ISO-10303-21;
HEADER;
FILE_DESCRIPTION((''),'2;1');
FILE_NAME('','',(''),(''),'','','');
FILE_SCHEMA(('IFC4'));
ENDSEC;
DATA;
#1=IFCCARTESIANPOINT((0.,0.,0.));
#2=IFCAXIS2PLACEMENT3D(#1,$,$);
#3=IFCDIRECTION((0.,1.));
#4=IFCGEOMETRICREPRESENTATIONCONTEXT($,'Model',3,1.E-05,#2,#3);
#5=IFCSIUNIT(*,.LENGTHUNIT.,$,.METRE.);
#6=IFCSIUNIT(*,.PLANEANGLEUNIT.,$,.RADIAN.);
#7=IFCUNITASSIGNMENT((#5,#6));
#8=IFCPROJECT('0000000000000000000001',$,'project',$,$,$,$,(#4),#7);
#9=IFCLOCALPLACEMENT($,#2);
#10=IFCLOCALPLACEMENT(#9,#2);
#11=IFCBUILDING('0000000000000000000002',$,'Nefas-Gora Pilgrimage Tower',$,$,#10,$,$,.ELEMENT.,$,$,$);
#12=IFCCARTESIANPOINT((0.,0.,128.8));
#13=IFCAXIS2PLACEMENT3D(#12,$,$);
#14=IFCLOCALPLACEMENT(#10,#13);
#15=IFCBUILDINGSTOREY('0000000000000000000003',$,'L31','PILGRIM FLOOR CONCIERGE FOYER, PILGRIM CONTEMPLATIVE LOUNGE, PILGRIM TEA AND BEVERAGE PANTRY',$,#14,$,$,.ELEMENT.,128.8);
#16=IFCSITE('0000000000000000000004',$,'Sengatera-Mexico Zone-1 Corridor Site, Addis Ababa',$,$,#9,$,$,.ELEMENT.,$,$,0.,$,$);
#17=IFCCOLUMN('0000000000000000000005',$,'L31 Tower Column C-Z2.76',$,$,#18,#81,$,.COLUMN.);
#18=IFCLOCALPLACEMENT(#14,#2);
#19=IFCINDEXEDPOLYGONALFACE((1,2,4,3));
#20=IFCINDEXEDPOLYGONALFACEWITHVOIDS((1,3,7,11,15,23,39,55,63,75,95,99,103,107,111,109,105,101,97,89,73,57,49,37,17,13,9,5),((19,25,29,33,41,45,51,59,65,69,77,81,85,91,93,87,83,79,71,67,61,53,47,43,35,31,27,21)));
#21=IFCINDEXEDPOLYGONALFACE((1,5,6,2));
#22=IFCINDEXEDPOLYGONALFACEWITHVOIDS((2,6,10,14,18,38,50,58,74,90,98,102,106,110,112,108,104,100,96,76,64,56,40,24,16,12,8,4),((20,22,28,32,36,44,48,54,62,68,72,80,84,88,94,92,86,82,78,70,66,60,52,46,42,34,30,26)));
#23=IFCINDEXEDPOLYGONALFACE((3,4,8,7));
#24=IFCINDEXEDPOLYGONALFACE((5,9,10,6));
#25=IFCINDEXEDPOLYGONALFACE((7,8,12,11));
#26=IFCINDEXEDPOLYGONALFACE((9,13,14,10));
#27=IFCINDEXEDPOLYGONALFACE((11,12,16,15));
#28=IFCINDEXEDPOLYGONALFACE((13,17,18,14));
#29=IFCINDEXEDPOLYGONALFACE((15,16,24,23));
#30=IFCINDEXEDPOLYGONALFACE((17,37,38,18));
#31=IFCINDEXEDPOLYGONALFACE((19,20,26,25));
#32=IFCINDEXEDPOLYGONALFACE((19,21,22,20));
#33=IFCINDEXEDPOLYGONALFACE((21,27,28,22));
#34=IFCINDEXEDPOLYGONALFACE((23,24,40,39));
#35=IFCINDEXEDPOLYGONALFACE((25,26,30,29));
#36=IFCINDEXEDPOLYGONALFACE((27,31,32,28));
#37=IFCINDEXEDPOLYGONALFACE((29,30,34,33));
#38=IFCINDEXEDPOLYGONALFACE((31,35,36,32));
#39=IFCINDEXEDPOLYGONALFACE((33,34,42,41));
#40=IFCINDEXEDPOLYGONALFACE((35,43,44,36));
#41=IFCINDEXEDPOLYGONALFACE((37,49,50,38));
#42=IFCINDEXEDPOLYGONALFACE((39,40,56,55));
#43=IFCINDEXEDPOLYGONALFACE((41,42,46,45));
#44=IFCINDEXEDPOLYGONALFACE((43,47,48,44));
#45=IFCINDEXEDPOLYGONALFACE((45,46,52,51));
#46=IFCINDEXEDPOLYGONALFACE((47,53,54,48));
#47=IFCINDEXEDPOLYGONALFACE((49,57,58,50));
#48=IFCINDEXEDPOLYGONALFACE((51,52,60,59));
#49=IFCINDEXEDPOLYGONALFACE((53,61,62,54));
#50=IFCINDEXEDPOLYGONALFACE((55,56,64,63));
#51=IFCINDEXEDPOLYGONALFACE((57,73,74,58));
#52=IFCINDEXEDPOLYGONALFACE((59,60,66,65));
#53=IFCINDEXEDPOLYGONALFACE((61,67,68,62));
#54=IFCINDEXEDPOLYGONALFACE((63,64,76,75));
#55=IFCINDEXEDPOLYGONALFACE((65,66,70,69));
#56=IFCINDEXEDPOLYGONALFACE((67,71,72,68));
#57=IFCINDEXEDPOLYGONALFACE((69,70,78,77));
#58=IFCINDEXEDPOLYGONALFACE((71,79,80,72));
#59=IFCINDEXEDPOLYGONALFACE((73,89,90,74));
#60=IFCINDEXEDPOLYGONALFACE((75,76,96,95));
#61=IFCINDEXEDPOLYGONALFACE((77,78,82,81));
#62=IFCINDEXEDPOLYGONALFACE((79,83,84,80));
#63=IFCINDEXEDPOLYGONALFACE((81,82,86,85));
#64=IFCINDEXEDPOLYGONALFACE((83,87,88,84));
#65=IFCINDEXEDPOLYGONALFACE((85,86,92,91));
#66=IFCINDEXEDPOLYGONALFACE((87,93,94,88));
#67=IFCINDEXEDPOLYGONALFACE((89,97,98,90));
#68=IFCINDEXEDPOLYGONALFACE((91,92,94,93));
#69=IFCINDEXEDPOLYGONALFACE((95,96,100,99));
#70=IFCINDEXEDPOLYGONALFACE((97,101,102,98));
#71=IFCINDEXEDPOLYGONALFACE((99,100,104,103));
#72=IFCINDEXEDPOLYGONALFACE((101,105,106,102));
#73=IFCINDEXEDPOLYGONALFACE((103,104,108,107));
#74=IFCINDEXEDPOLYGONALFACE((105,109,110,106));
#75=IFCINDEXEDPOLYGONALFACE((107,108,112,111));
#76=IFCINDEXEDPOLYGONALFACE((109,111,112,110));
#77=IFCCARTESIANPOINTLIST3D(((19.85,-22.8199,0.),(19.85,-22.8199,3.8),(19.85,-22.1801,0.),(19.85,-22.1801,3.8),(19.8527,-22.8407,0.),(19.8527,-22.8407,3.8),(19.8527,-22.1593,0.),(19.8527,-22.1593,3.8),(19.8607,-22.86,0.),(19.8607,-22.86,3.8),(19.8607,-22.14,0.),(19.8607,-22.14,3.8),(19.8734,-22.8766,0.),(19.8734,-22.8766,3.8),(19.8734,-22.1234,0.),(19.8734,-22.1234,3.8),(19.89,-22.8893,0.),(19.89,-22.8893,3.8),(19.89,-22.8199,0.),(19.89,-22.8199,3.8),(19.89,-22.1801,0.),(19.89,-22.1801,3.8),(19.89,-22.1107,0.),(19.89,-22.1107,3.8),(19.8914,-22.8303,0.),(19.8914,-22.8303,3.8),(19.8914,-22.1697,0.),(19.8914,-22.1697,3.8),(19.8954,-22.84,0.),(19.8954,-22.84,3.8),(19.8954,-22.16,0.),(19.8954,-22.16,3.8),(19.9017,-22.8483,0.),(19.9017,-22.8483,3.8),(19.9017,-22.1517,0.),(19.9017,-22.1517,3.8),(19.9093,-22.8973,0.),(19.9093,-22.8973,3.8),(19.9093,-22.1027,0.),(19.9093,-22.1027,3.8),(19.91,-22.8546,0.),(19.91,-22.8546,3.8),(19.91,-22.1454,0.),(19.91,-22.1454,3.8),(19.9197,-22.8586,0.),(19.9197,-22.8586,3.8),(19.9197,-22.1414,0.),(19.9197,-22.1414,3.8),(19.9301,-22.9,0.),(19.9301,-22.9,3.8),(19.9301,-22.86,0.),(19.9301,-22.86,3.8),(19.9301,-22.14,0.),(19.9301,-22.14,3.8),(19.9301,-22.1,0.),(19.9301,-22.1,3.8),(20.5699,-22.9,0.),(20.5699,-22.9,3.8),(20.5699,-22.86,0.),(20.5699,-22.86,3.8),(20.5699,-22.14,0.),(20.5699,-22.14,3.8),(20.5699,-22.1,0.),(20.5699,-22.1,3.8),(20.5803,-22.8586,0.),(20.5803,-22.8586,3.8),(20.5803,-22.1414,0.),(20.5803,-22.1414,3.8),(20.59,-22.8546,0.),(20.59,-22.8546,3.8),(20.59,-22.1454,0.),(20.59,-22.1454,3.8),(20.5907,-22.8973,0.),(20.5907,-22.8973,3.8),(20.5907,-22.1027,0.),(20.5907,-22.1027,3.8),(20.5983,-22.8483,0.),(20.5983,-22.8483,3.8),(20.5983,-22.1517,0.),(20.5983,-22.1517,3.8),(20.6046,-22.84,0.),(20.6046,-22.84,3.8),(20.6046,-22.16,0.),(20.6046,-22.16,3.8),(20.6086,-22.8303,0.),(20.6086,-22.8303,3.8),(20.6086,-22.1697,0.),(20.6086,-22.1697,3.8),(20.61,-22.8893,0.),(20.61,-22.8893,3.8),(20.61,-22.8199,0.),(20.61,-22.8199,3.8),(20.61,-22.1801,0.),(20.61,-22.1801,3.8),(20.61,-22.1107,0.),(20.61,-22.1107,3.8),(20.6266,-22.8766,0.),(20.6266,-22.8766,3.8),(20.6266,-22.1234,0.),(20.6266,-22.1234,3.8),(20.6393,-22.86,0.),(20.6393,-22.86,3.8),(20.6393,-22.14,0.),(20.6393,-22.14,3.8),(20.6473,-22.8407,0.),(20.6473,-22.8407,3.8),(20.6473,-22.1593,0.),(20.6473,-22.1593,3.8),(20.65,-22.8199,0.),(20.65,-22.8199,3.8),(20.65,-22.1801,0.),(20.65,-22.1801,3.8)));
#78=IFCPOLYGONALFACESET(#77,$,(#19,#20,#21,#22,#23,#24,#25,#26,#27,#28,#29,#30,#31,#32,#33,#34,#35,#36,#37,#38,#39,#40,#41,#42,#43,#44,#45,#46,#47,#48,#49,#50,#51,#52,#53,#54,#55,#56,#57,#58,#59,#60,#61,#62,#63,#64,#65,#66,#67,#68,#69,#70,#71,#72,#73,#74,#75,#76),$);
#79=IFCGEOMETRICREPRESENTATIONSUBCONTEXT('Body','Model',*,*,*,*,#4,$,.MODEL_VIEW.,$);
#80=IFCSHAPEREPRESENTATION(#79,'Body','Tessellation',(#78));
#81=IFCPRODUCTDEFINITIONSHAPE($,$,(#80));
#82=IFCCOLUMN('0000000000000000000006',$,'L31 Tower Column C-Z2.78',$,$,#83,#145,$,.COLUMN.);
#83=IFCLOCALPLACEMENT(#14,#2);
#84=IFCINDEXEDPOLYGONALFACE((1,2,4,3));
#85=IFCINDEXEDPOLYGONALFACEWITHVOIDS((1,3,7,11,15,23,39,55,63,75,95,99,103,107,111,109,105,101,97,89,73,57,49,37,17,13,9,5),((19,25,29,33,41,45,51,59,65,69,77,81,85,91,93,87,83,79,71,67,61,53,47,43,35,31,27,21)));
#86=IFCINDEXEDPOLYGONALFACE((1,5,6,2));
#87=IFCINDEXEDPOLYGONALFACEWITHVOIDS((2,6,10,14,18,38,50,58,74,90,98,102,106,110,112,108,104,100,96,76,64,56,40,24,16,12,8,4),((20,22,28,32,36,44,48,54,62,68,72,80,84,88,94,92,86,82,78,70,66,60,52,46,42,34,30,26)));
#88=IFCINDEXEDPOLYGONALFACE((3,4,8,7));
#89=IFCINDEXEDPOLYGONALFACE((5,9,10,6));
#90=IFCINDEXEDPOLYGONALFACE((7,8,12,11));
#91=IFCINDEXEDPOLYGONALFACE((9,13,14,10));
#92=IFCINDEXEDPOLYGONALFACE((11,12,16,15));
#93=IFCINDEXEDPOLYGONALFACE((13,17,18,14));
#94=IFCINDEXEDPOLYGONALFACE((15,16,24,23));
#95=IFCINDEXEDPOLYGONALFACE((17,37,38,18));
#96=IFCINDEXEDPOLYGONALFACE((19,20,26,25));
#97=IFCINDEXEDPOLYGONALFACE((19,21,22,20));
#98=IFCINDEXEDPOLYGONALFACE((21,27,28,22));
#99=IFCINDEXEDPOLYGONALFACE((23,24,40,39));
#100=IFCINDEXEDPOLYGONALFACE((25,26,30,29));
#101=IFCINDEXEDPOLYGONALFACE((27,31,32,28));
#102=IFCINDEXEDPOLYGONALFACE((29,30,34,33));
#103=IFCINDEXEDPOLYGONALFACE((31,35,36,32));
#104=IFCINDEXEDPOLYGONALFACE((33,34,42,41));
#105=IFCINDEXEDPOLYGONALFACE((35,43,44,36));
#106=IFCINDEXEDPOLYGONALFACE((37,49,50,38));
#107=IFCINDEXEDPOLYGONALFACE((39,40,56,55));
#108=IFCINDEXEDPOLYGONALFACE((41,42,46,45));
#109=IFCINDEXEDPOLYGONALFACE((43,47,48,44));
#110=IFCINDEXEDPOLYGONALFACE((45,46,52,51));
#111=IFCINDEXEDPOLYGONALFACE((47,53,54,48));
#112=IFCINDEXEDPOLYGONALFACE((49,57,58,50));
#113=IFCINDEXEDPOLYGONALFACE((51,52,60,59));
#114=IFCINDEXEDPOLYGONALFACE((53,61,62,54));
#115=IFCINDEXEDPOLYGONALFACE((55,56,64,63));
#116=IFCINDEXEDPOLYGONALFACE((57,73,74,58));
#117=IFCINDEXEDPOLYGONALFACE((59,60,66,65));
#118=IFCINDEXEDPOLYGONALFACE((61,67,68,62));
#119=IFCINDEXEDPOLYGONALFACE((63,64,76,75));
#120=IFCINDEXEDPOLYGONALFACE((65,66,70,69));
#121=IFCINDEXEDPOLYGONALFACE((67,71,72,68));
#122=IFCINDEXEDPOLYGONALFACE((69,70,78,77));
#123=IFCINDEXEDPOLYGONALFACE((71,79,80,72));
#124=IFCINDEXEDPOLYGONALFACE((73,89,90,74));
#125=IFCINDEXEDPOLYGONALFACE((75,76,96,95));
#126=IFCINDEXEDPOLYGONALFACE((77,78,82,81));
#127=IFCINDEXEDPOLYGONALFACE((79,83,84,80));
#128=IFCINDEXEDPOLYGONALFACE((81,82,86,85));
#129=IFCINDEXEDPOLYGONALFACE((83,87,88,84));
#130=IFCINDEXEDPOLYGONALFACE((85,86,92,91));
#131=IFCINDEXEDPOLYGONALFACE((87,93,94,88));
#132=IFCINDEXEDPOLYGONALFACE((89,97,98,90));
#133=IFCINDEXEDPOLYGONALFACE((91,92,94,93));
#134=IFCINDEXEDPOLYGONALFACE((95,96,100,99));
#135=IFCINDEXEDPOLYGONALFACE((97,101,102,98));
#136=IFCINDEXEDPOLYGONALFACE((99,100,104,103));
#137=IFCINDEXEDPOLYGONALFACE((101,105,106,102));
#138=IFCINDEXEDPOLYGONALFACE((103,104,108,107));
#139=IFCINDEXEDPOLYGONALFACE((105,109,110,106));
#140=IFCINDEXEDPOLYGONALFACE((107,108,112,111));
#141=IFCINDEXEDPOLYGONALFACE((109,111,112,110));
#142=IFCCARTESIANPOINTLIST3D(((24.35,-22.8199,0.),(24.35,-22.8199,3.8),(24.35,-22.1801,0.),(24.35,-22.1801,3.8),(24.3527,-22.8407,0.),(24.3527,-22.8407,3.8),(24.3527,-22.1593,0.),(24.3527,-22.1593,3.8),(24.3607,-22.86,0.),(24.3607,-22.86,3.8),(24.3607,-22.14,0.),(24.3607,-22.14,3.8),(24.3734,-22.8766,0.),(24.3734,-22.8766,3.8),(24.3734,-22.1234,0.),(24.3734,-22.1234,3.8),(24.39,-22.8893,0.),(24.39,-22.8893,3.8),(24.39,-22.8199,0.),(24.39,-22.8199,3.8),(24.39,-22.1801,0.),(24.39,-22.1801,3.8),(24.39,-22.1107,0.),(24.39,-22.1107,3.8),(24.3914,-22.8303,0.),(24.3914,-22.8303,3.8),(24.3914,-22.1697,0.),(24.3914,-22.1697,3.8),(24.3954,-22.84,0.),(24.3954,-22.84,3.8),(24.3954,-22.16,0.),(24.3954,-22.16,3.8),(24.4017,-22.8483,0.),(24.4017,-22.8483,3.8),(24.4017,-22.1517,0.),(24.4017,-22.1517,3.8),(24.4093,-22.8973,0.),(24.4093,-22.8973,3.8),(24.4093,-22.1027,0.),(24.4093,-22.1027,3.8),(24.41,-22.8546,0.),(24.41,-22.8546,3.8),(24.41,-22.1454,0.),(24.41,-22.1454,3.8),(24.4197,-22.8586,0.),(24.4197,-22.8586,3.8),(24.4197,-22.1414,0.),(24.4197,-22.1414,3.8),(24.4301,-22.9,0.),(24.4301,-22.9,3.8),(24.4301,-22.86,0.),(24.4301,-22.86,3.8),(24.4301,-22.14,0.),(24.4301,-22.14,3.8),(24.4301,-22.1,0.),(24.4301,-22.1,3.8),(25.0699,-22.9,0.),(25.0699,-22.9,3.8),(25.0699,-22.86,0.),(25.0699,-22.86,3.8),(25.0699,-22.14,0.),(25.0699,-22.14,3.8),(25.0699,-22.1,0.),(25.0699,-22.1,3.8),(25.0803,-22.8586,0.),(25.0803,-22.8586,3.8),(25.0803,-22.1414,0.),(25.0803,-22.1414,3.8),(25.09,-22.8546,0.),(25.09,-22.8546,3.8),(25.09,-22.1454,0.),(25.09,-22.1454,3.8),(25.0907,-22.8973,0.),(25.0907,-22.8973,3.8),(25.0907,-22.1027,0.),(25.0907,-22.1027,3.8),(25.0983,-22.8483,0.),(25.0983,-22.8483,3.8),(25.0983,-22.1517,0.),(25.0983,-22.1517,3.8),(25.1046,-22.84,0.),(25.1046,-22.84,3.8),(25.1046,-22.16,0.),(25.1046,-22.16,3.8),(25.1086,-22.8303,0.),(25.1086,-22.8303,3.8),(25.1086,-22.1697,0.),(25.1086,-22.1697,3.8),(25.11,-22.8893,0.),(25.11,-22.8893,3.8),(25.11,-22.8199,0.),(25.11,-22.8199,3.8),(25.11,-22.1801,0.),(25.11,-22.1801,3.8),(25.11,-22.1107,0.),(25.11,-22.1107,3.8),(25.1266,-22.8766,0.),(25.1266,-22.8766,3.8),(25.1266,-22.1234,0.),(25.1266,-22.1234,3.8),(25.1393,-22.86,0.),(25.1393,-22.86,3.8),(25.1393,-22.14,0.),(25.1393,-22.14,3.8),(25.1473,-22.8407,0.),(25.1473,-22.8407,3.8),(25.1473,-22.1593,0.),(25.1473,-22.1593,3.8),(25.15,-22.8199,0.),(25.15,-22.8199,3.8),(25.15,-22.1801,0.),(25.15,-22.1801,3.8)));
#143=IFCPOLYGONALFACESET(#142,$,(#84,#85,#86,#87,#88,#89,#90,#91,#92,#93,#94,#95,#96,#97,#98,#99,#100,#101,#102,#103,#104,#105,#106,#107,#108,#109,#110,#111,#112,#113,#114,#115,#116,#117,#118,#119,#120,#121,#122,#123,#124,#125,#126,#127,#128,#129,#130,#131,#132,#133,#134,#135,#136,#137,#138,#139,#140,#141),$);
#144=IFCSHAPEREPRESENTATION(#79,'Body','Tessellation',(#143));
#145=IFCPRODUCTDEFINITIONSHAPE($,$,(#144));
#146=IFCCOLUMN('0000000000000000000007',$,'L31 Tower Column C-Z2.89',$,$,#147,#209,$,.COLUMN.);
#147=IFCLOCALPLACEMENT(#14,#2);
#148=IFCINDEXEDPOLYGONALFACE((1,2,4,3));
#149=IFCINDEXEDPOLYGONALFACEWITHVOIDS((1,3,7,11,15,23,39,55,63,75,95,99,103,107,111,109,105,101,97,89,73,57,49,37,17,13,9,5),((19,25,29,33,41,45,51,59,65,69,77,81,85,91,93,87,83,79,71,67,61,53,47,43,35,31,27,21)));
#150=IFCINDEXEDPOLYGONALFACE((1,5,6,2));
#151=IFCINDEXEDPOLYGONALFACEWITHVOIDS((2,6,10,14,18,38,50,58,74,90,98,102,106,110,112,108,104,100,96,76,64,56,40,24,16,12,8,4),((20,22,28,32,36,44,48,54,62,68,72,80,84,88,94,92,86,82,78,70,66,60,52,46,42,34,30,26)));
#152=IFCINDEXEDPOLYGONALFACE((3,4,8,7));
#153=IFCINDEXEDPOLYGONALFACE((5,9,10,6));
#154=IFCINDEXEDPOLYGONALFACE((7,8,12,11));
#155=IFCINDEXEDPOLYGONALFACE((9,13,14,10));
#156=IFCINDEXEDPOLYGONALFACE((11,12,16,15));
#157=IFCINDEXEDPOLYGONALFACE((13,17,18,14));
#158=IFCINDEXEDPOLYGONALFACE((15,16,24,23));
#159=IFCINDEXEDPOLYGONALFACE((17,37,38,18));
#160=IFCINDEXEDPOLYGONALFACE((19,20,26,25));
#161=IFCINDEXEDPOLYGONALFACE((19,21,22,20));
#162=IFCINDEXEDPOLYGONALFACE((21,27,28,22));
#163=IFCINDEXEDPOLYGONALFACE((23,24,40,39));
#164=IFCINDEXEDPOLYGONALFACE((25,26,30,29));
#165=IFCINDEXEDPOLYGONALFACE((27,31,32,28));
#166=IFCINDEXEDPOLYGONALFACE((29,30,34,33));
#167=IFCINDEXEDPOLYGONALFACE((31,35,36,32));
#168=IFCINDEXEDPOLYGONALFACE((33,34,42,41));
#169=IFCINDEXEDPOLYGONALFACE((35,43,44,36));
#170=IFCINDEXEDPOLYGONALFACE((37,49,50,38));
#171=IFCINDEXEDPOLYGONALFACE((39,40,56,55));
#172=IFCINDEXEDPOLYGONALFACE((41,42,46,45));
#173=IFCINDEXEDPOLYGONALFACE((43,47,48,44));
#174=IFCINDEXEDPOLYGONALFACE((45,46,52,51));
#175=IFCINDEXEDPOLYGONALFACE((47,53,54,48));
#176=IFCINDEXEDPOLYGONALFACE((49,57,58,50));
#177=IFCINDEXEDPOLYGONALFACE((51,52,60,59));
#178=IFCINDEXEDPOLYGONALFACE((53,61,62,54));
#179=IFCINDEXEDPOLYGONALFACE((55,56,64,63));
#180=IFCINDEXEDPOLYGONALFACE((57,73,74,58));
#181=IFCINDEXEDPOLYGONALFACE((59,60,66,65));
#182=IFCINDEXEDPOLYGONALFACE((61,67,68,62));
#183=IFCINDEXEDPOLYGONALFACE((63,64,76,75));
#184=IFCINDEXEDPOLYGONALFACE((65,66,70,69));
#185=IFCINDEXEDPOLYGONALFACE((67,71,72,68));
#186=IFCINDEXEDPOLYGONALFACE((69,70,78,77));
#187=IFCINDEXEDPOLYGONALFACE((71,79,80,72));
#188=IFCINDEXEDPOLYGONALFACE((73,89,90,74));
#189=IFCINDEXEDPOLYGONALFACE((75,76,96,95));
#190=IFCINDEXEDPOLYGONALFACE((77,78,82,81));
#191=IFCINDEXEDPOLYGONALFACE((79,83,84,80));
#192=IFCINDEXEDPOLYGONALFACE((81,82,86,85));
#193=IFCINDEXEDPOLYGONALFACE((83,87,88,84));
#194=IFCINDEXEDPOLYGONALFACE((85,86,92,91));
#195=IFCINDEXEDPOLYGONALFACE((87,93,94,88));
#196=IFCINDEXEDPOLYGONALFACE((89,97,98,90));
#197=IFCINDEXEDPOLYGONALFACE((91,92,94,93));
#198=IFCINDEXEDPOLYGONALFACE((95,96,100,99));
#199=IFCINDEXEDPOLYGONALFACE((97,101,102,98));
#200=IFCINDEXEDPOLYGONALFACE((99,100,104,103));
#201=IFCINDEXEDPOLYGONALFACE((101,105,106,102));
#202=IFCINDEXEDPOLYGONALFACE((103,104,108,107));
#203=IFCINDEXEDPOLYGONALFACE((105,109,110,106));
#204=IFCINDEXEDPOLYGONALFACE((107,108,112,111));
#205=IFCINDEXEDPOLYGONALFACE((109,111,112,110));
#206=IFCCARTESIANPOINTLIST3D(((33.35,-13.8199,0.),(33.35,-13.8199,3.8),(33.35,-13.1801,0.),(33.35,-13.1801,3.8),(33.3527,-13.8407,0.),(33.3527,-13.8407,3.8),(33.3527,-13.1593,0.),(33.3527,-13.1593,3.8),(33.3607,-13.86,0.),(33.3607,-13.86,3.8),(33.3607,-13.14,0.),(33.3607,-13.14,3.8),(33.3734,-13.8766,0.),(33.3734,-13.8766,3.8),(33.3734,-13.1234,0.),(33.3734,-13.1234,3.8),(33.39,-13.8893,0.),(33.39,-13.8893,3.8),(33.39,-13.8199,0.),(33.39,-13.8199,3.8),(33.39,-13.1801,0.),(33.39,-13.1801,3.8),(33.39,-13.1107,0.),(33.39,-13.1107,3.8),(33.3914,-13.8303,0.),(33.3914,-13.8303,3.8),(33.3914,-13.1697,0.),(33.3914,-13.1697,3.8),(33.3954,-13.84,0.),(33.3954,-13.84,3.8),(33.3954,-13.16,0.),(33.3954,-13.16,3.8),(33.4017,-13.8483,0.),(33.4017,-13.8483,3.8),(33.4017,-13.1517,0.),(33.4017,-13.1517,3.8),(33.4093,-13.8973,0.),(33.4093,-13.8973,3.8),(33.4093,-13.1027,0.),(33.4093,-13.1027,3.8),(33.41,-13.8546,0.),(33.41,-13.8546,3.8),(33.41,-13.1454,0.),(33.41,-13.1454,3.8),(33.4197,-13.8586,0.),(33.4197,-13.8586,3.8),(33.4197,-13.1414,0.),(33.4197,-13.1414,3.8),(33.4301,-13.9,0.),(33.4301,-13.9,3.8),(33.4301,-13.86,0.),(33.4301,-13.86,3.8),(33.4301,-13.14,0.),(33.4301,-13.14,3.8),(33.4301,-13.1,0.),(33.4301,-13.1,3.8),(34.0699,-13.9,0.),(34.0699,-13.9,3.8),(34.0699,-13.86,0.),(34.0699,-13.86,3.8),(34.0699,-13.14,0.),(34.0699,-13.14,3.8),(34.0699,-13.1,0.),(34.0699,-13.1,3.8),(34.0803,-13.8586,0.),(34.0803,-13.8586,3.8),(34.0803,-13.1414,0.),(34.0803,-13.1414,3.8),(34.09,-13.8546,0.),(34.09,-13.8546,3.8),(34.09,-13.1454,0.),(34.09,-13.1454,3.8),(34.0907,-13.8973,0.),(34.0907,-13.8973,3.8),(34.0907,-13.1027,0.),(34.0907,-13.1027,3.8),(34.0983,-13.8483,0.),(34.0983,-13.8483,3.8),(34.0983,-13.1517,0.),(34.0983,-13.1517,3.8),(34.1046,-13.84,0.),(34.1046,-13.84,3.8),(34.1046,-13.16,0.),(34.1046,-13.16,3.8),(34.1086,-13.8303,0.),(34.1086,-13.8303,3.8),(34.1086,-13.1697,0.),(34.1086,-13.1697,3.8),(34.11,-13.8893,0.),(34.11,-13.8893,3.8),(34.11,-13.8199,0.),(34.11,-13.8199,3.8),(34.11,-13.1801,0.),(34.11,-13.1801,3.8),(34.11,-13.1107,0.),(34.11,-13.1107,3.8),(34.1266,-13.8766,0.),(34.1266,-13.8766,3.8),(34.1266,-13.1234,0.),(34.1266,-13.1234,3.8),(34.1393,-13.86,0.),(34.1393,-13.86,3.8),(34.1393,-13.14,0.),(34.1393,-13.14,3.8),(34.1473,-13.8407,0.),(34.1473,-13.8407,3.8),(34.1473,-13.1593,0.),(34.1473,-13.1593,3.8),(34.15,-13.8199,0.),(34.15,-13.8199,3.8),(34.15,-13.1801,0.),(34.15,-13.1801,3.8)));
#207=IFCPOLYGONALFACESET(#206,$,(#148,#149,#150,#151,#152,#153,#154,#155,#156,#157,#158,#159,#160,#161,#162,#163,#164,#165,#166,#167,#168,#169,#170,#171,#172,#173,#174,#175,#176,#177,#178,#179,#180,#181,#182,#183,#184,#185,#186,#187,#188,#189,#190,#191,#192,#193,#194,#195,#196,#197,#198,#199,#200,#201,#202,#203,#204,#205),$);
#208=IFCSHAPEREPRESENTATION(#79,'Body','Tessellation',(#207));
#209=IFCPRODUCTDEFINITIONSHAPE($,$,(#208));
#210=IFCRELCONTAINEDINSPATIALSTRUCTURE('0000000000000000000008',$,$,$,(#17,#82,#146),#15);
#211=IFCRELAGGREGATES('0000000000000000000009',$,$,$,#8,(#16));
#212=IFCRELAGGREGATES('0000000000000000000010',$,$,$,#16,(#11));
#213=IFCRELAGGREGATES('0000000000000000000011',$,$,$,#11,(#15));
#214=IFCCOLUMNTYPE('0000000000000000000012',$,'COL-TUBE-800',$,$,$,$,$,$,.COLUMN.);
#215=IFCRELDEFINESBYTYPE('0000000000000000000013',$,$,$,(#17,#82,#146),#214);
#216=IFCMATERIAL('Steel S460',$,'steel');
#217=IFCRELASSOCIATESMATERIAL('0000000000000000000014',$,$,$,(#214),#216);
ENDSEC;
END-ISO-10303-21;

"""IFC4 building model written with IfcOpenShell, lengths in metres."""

from ifc_helpers import new_model, si_unit, direction, frame, origin, origin_2d, place, context, subcontext, project, spatial, hollow_rectangle, extrude, source, transform, mapped, material, material_profile, profile_set, type_object, element, save


model = new_model("IFC4")

# Units and contexts
model_context = context("Model", 3, precision=1e-05, world=origin(), true_north=direction((0.0, 1.0)))
body_context = subcontext(model_context, "Body", "Model", "MODEL_VIEW")
ifc_project = project(units=[si_unit("LENGTHUNIT", "METRE"), si_unit("PLANEANGLEUNIT", "RADIAN")], contexts=[model_context])

# Site, building, storey
site_placement = place(None, origin())
site = spatial("IfcSite", under=ifc_project, at=site_placement, Name="Sengatera-Mexico Zone-1 Corridor Site, Addis Ababa", CompositionType="ELEMENT", RefElevation=0.0)
building_placement = place(site_placement, origin())
building = spatial("IfcBuilding", under=site, at=building_placement, Name="Nefas-Gora Pilgrimage Tower", CompositionType="ELEMENT")
storey_placement = place(building_placement, frame((0.0, 0.0, 128.8)))
storey = spatial("IfcBuildingStorey", under=building, at=storey_placement, Name="L31", Description="PILGRIM FLOOR CONCIERGE FOYER, PILGRIM CONTEMPLATIVE LOUNGE, PILGRIM TEA AND BEVERAGE PANTRY", CompositionType="ELEMENT", Elevation=128.8)

# Columns
ifc_material_1 = material(Name="Steel S460", Category="steel")
ifc_material_profile_1 = material_profile(ifc_material_1, hollow_rectangle(XDim=0.8, YDim=0.8, WallThickness=0.04, InnerFilletRadius=0.04, OuterFilletRadius=0.0801, at=origin_2d()), Name="BOX 800x800x40")
ifc_profile_set_1 = profile_set([ifc_material_profile_1], Name="Steel S460")
column_type_1 = type_object("IfcColumnType", Name="COL-TUBE-800", PredefinedType="COLUMN", material=ifc_profile_set_1)
shared_shape_1 = source(origin(), body_context, "Body", "SweptSolid", [
    extrude(hollow_rectangle(XDim=0.8, YDim=0.8, WallThickness=0.04, InnerFilletRadius=0.04, OuterFilletRadius=0.0801, at=origin_2d()), origin(), (0.0, 0.0, 1.0), 3.8),
])
for number, where, z_axis, x_axis, name in (
    (1, (20.25, -22.5, 0.0), (0.0, 0.0, 1.0), (1.0, 0.0, 0.0), "L31 Tower Column C-Z2.76"),
    (2, (24.75, -22.5, 0.0), (0.0, 0.0, 1.0), (1.0, 0.0, 0.0), "L31 Tower Column C-Z2.78"),
    (3, (33.75, -13.5, 0.0), (0.0, 0.0, 1.0), (1.0, 0.0, 0.0), "L31 Tower Column C-Z2.89"),
):
    element("IfcColumn", number, at=place(storey_placement, frame(where, z_axis=z_axis, x_axis=x_axis)), inside=storey, type_object=column_type_1, Name=name, PredefinedType="COLUMN", context=body_context, shape_type="MappedRepresentation", body=[
        mapped(shared_shape_1, transform((0.0, 0.0, 0.0), x_axis=(1.0, 0.0, 0.0), y_axis=(0.0, 1.0, 0.0), z_axis=(0.0, 0.0, 1.0), scale=1.0)),
    ])

save(model, "model.ifc")
